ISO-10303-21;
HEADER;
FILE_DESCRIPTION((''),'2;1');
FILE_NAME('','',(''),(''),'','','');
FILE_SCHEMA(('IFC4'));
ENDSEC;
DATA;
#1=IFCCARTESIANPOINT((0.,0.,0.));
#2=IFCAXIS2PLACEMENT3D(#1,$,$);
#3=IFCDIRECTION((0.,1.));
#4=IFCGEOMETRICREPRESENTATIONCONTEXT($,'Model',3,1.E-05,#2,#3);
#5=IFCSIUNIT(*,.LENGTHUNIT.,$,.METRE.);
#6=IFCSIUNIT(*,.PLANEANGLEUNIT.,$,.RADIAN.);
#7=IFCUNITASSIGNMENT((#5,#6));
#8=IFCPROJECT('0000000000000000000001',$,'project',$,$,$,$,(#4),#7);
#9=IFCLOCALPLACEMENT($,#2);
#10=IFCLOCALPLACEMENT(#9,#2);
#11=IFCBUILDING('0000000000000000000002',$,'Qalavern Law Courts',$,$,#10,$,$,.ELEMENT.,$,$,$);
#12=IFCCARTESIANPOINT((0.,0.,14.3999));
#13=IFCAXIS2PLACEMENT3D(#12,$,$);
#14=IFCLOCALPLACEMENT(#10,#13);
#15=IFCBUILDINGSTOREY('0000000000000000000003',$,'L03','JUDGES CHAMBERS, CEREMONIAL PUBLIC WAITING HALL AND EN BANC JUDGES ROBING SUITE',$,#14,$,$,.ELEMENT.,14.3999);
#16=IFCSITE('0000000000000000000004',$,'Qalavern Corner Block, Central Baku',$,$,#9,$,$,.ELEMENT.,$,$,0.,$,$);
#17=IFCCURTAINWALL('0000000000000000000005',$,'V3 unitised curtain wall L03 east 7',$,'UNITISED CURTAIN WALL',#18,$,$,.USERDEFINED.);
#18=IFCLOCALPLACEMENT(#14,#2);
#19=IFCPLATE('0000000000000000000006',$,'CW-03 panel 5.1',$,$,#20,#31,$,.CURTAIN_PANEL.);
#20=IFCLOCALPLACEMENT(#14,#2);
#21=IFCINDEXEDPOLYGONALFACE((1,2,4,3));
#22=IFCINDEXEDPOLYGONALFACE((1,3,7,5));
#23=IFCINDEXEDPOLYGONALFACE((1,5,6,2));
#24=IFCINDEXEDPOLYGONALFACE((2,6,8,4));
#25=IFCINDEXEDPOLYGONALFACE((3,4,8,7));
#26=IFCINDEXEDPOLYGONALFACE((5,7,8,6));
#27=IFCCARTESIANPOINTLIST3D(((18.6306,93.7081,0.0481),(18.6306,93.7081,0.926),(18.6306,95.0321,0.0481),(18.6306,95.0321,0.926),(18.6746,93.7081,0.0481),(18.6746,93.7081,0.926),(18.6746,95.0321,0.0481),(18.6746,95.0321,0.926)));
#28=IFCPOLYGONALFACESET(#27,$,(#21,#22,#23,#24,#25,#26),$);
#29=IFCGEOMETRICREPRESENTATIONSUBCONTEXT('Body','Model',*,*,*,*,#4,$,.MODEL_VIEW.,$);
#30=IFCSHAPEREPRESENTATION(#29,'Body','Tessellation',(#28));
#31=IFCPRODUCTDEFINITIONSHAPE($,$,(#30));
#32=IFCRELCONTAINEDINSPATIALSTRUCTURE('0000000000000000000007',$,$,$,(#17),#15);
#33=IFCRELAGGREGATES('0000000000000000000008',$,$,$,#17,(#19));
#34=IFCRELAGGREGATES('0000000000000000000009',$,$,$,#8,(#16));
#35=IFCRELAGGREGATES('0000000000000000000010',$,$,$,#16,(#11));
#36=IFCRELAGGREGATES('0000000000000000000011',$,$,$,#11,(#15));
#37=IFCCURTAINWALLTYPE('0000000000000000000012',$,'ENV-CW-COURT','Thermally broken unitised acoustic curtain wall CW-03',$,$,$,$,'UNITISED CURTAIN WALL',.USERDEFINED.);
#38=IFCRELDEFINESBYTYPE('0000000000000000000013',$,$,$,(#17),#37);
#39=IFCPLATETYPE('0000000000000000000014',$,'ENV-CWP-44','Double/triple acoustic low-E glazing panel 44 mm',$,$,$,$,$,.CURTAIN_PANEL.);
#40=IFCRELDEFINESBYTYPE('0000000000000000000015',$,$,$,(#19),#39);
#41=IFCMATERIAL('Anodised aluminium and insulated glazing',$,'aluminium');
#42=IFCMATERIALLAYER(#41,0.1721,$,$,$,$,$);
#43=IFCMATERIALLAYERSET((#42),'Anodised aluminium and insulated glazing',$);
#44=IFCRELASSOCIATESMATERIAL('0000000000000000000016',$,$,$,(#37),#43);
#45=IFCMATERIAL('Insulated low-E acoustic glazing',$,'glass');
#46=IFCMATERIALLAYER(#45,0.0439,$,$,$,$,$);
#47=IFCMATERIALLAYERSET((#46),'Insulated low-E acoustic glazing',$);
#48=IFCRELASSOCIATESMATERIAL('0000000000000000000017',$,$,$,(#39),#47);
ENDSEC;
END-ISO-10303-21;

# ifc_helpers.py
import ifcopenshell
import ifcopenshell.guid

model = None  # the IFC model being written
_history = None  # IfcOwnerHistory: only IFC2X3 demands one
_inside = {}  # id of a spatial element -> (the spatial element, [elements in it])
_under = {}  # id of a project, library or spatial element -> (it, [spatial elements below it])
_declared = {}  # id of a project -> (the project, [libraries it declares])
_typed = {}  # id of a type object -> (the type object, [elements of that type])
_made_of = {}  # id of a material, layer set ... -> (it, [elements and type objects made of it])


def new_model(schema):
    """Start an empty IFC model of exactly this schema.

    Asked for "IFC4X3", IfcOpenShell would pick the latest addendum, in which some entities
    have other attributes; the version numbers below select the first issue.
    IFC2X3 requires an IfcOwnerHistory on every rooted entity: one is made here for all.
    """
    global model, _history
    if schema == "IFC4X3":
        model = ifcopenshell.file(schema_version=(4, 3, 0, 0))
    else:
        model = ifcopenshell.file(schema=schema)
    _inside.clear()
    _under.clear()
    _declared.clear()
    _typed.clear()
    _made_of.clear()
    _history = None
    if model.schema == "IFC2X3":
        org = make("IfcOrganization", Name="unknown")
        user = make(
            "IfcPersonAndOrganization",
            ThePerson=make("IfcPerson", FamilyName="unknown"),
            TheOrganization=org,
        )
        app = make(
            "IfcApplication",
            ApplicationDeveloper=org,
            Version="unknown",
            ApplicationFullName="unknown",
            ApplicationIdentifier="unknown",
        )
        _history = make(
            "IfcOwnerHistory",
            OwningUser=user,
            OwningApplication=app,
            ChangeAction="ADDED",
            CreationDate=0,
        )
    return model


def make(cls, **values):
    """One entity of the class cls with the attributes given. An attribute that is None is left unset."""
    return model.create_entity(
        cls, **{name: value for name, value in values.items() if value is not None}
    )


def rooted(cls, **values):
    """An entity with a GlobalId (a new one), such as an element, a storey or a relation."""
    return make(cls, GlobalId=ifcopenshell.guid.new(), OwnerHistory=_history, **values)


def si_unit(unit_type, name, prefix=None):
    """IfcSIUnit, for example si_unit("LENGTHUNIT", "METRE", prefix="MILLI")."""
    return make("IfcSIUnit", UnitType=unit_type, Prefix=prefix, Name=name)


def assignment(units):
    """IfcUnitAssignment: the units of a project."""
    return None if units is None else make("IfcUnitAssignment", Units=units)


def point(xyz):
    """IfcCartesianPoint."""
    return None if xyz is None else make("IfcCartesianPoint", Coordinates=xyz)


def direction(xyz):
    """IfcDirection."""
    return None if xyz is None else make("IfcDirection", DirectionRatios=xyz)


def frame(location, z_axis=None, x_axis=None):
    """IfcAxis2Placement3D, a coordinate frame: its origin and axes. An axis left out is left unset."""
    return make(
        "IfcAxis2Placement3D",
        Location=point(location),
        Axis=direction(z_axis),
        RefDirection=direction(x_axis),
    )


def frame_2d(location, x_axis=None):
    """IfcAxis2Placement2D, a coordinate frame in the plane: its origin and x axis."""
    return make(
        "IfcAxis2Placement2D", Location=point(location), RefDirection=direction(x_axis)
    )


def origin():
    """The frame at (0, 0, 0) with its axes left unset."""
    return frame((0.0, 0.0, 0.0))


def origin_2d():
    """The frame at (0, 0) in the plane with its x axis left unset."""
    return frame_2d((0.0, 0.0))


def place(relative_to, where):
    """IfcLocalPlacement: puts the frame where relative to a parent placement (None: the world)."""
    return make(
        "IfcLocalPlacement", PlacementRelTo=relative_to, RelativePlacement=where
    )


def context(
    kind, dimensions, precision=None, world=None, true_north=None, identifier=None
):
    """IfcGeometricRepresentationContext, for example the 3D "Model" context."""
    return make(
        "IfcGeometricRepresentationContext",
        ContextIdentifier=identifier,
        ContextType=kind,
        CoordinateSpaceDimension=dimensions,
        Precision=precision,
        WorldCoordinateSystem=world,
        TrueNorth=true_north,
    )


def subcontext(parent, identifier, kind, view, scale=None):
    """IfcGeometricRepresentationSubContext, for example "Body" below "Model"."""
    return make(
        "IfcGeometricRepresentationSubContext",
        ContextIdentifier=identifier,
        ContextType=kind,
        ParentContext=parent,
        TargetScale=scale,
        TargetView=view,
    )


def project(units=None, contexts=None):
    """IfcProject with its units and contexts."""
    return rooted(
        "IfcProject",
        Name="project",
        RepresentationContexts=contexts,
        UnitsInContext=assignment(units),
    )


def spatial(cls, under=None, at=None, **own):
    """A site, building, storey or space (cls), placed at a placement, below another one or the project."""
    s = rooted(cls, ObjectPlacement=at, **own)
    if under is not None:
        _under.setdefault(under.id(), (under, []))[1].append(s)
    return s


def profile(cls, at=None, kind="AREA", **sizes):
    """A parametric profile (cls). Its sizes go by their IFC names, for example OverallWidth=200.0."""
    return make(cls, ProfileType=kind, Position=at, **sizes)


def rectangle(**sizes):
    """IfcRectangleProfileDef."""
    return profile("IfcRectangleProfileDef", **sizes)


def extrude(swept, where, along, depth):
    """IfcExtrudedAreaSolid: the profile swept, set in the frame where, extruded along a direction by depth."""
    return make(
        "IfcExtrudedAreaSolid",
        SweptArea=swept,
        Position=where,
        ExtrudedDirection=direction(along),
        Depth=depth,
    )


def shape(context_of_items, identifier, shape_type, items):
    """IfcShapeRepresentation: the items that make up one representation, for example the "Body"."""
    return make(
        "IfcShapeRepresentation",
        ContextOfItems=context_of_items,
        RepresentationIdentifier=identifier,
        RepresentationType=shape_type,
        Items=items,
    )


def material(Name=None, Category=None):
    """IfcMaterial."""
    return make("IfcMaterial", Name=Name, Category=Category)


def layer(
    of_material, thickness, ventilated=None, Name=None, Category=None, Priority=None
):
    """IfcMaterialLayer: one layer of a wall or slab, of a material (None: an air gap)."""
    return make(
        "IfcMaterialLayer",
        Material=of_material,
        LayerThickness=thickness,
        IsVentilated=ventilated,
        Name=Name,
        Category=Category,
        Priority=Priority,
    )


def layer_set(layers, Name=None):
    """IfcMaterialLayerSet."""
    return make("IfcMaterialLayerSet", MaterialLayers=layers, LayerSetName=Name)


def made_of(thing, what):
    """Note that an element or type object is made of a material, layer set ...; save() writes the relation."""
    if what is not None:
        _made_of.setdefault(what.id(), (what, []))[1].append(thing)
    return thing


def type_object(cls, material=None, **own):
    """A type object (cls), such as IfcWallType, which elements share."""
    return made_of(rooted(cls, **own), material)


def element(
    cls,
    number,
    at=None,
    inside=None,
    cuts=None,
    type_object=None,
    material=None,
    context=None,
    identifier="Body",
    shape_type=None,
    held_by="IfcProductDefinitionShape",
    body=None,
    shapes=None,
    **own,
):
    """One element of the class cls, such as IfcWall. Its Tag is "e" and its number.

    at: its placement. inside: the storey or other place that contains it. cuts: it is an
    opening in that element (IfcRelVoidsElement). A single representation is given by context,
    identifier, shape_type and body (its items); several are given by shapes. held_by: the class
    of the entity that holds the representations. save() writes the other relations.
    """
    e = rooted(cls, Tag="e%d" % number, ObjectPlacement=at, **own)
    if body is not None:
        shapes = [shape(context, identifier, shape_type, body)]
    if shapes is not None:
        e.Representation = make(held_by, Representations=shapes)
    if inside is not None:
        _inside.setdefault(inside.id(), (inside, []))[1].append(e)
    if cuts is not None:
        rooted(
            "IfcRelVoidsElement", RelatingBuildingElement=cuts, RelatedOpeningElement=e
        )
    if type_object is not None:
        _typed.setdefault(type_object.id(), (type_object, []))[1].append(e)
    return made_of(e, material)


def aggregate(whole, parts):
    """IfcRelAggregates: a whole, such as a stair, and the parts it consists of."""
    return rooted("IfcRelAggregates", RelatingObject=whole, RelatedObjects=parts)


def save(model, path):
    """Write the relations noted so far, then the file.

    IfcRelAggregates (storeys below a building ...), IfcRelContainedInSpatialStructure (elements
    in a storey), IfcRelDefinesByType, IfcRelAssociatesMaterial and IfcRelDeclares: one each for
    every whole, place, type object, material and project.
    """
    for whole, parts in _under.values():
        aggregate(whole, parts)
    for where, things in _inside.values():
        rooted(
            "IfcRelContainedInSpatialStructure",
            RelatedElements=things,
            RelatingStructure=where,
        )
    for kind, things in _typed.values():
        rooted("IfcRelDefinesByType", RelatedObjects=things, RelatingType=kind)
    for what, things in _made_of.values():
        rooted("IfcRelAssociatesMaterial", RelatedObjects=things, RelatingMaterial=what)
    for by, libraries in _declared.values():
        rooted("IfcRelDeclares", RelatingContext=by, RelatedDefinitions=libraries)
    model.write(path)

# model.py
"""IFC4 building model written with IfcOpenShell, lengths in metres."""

from ifc_helpers import new_model, si_unit, direction, frame, origin, origin_2d, place, context, subcontext, project, spatial, rectangle, extrude, material, layer, layer_set, type_object, element, aggregate, save


model = new_model("IFC4")

# Units and contexts
model_context = context("Model", 3, precision=1e-05, world=origin(), true_north=direction((0.0, 1.0)))
body_context = subcontext(model_context, "Body", "Model", "MODEL_VIEW")
ifc_project = project(units=[si_unit("LENGTHUNIT", "METRE"), si_unit("PLANEANGLEUNIT", "RADIAN")], contexts=[model_context])

# Site, building, storey
site_placement = place(None, origin())
site = spatial("IfcSite", under=ifc_project, at=site_placement, Name="Qalavern Corner Block, Central Baku", CompositionType="ELEMENT", RefElevation=0.0)
building_placement = place(site_placement, origin())
building = spatial("IfcBuilding", under=site, at=building_placement, Name="Qalavern Law Courts", CompositionType="ELEMENT")
storey_placement = place(building_placement, frame((0.0, 0.0, 14.3999)))
storey = spatial("IfcBuildingStorey", under=building, at=storey_placement, Name="L03", Description="JUDGES CHAMBERS, CEREMONIAL PUBLIC WAITING HALL AND EN BANC JUDGES ROBING SUITE", CompositionType="ELEMENT", Elevation=14.3999)

# Curtain wall, plate
ifc_material_1 = material(Name="Anodised aluminium and insulated glazing", Category="aluminium")
ifc_layer_1 = layer(ifc_material_1, 0.1721)
ifc_layer_set_1 = layer_set([ifc_layer_1], Name="Anodised aluminium and insulated glazing")
curtain_wall_type = type_object("IfcCurtainWallType", Name="ENV-CW-COURT", Description="Thermally broken unitised acoustic curtain wall CW-03", ElementType="UNITISED CURTAIN WALL", PredefinedType="USERDEFINED", material=ifc_layer_set_1)
curtain_wall_placement = place(storey_placement, origin())
curtain_wall = element("IfcCurtainWall", 1, at=curtain_wall_placement, inside=storey, type_object=curtain_wall_type, Name="V3 unitised curtain wall L03 east 7", ObjectType="UNITISED CURTAIN WALL", PredefinedType="USERDEFINED")
ifc_material_2 = material(Name="Insulated low-E acoustic glazing", Category="glass")
ifc_layer_2 = layer(ifc_material_2, 0.0439)
ifc_layer_set_2 = layer_set([ifc_layer_2], Name="Insulated low-E acoustic glazing")
plate_type = type_object("IfcPlateType", Name="ENV-CWP-44", Description="Double/triple acoustic low-E glazing panel 44 mm", PredefinedType="CURTAIN_PANEL", material=ifc_layer_set_2)
plate_1_placement = place(storey_placement, frame((18.6526, 94.3701, 0.0481), z_axis=(0.0, 0.0, 1.0), x_axis=(0.0, 1.0, 0.0)))
plate_1 = element("IfcPlate", 2, at=plate_1_placement, type_object=plate_type, Name="CW-03 panel 5.1", PredefinedType="CURTAIN_PANEL", context=body_context, shape_type="SweptSolid", body=[
    extrude(rectangle(XDim=1.324, YDim=0.0439, at=origin_2d()), origin(), (0.0, 0.0, 1.0), 0.8779),
])
aggregate(curtain_wall, [plate_1])

save(model, "model.ifc")
